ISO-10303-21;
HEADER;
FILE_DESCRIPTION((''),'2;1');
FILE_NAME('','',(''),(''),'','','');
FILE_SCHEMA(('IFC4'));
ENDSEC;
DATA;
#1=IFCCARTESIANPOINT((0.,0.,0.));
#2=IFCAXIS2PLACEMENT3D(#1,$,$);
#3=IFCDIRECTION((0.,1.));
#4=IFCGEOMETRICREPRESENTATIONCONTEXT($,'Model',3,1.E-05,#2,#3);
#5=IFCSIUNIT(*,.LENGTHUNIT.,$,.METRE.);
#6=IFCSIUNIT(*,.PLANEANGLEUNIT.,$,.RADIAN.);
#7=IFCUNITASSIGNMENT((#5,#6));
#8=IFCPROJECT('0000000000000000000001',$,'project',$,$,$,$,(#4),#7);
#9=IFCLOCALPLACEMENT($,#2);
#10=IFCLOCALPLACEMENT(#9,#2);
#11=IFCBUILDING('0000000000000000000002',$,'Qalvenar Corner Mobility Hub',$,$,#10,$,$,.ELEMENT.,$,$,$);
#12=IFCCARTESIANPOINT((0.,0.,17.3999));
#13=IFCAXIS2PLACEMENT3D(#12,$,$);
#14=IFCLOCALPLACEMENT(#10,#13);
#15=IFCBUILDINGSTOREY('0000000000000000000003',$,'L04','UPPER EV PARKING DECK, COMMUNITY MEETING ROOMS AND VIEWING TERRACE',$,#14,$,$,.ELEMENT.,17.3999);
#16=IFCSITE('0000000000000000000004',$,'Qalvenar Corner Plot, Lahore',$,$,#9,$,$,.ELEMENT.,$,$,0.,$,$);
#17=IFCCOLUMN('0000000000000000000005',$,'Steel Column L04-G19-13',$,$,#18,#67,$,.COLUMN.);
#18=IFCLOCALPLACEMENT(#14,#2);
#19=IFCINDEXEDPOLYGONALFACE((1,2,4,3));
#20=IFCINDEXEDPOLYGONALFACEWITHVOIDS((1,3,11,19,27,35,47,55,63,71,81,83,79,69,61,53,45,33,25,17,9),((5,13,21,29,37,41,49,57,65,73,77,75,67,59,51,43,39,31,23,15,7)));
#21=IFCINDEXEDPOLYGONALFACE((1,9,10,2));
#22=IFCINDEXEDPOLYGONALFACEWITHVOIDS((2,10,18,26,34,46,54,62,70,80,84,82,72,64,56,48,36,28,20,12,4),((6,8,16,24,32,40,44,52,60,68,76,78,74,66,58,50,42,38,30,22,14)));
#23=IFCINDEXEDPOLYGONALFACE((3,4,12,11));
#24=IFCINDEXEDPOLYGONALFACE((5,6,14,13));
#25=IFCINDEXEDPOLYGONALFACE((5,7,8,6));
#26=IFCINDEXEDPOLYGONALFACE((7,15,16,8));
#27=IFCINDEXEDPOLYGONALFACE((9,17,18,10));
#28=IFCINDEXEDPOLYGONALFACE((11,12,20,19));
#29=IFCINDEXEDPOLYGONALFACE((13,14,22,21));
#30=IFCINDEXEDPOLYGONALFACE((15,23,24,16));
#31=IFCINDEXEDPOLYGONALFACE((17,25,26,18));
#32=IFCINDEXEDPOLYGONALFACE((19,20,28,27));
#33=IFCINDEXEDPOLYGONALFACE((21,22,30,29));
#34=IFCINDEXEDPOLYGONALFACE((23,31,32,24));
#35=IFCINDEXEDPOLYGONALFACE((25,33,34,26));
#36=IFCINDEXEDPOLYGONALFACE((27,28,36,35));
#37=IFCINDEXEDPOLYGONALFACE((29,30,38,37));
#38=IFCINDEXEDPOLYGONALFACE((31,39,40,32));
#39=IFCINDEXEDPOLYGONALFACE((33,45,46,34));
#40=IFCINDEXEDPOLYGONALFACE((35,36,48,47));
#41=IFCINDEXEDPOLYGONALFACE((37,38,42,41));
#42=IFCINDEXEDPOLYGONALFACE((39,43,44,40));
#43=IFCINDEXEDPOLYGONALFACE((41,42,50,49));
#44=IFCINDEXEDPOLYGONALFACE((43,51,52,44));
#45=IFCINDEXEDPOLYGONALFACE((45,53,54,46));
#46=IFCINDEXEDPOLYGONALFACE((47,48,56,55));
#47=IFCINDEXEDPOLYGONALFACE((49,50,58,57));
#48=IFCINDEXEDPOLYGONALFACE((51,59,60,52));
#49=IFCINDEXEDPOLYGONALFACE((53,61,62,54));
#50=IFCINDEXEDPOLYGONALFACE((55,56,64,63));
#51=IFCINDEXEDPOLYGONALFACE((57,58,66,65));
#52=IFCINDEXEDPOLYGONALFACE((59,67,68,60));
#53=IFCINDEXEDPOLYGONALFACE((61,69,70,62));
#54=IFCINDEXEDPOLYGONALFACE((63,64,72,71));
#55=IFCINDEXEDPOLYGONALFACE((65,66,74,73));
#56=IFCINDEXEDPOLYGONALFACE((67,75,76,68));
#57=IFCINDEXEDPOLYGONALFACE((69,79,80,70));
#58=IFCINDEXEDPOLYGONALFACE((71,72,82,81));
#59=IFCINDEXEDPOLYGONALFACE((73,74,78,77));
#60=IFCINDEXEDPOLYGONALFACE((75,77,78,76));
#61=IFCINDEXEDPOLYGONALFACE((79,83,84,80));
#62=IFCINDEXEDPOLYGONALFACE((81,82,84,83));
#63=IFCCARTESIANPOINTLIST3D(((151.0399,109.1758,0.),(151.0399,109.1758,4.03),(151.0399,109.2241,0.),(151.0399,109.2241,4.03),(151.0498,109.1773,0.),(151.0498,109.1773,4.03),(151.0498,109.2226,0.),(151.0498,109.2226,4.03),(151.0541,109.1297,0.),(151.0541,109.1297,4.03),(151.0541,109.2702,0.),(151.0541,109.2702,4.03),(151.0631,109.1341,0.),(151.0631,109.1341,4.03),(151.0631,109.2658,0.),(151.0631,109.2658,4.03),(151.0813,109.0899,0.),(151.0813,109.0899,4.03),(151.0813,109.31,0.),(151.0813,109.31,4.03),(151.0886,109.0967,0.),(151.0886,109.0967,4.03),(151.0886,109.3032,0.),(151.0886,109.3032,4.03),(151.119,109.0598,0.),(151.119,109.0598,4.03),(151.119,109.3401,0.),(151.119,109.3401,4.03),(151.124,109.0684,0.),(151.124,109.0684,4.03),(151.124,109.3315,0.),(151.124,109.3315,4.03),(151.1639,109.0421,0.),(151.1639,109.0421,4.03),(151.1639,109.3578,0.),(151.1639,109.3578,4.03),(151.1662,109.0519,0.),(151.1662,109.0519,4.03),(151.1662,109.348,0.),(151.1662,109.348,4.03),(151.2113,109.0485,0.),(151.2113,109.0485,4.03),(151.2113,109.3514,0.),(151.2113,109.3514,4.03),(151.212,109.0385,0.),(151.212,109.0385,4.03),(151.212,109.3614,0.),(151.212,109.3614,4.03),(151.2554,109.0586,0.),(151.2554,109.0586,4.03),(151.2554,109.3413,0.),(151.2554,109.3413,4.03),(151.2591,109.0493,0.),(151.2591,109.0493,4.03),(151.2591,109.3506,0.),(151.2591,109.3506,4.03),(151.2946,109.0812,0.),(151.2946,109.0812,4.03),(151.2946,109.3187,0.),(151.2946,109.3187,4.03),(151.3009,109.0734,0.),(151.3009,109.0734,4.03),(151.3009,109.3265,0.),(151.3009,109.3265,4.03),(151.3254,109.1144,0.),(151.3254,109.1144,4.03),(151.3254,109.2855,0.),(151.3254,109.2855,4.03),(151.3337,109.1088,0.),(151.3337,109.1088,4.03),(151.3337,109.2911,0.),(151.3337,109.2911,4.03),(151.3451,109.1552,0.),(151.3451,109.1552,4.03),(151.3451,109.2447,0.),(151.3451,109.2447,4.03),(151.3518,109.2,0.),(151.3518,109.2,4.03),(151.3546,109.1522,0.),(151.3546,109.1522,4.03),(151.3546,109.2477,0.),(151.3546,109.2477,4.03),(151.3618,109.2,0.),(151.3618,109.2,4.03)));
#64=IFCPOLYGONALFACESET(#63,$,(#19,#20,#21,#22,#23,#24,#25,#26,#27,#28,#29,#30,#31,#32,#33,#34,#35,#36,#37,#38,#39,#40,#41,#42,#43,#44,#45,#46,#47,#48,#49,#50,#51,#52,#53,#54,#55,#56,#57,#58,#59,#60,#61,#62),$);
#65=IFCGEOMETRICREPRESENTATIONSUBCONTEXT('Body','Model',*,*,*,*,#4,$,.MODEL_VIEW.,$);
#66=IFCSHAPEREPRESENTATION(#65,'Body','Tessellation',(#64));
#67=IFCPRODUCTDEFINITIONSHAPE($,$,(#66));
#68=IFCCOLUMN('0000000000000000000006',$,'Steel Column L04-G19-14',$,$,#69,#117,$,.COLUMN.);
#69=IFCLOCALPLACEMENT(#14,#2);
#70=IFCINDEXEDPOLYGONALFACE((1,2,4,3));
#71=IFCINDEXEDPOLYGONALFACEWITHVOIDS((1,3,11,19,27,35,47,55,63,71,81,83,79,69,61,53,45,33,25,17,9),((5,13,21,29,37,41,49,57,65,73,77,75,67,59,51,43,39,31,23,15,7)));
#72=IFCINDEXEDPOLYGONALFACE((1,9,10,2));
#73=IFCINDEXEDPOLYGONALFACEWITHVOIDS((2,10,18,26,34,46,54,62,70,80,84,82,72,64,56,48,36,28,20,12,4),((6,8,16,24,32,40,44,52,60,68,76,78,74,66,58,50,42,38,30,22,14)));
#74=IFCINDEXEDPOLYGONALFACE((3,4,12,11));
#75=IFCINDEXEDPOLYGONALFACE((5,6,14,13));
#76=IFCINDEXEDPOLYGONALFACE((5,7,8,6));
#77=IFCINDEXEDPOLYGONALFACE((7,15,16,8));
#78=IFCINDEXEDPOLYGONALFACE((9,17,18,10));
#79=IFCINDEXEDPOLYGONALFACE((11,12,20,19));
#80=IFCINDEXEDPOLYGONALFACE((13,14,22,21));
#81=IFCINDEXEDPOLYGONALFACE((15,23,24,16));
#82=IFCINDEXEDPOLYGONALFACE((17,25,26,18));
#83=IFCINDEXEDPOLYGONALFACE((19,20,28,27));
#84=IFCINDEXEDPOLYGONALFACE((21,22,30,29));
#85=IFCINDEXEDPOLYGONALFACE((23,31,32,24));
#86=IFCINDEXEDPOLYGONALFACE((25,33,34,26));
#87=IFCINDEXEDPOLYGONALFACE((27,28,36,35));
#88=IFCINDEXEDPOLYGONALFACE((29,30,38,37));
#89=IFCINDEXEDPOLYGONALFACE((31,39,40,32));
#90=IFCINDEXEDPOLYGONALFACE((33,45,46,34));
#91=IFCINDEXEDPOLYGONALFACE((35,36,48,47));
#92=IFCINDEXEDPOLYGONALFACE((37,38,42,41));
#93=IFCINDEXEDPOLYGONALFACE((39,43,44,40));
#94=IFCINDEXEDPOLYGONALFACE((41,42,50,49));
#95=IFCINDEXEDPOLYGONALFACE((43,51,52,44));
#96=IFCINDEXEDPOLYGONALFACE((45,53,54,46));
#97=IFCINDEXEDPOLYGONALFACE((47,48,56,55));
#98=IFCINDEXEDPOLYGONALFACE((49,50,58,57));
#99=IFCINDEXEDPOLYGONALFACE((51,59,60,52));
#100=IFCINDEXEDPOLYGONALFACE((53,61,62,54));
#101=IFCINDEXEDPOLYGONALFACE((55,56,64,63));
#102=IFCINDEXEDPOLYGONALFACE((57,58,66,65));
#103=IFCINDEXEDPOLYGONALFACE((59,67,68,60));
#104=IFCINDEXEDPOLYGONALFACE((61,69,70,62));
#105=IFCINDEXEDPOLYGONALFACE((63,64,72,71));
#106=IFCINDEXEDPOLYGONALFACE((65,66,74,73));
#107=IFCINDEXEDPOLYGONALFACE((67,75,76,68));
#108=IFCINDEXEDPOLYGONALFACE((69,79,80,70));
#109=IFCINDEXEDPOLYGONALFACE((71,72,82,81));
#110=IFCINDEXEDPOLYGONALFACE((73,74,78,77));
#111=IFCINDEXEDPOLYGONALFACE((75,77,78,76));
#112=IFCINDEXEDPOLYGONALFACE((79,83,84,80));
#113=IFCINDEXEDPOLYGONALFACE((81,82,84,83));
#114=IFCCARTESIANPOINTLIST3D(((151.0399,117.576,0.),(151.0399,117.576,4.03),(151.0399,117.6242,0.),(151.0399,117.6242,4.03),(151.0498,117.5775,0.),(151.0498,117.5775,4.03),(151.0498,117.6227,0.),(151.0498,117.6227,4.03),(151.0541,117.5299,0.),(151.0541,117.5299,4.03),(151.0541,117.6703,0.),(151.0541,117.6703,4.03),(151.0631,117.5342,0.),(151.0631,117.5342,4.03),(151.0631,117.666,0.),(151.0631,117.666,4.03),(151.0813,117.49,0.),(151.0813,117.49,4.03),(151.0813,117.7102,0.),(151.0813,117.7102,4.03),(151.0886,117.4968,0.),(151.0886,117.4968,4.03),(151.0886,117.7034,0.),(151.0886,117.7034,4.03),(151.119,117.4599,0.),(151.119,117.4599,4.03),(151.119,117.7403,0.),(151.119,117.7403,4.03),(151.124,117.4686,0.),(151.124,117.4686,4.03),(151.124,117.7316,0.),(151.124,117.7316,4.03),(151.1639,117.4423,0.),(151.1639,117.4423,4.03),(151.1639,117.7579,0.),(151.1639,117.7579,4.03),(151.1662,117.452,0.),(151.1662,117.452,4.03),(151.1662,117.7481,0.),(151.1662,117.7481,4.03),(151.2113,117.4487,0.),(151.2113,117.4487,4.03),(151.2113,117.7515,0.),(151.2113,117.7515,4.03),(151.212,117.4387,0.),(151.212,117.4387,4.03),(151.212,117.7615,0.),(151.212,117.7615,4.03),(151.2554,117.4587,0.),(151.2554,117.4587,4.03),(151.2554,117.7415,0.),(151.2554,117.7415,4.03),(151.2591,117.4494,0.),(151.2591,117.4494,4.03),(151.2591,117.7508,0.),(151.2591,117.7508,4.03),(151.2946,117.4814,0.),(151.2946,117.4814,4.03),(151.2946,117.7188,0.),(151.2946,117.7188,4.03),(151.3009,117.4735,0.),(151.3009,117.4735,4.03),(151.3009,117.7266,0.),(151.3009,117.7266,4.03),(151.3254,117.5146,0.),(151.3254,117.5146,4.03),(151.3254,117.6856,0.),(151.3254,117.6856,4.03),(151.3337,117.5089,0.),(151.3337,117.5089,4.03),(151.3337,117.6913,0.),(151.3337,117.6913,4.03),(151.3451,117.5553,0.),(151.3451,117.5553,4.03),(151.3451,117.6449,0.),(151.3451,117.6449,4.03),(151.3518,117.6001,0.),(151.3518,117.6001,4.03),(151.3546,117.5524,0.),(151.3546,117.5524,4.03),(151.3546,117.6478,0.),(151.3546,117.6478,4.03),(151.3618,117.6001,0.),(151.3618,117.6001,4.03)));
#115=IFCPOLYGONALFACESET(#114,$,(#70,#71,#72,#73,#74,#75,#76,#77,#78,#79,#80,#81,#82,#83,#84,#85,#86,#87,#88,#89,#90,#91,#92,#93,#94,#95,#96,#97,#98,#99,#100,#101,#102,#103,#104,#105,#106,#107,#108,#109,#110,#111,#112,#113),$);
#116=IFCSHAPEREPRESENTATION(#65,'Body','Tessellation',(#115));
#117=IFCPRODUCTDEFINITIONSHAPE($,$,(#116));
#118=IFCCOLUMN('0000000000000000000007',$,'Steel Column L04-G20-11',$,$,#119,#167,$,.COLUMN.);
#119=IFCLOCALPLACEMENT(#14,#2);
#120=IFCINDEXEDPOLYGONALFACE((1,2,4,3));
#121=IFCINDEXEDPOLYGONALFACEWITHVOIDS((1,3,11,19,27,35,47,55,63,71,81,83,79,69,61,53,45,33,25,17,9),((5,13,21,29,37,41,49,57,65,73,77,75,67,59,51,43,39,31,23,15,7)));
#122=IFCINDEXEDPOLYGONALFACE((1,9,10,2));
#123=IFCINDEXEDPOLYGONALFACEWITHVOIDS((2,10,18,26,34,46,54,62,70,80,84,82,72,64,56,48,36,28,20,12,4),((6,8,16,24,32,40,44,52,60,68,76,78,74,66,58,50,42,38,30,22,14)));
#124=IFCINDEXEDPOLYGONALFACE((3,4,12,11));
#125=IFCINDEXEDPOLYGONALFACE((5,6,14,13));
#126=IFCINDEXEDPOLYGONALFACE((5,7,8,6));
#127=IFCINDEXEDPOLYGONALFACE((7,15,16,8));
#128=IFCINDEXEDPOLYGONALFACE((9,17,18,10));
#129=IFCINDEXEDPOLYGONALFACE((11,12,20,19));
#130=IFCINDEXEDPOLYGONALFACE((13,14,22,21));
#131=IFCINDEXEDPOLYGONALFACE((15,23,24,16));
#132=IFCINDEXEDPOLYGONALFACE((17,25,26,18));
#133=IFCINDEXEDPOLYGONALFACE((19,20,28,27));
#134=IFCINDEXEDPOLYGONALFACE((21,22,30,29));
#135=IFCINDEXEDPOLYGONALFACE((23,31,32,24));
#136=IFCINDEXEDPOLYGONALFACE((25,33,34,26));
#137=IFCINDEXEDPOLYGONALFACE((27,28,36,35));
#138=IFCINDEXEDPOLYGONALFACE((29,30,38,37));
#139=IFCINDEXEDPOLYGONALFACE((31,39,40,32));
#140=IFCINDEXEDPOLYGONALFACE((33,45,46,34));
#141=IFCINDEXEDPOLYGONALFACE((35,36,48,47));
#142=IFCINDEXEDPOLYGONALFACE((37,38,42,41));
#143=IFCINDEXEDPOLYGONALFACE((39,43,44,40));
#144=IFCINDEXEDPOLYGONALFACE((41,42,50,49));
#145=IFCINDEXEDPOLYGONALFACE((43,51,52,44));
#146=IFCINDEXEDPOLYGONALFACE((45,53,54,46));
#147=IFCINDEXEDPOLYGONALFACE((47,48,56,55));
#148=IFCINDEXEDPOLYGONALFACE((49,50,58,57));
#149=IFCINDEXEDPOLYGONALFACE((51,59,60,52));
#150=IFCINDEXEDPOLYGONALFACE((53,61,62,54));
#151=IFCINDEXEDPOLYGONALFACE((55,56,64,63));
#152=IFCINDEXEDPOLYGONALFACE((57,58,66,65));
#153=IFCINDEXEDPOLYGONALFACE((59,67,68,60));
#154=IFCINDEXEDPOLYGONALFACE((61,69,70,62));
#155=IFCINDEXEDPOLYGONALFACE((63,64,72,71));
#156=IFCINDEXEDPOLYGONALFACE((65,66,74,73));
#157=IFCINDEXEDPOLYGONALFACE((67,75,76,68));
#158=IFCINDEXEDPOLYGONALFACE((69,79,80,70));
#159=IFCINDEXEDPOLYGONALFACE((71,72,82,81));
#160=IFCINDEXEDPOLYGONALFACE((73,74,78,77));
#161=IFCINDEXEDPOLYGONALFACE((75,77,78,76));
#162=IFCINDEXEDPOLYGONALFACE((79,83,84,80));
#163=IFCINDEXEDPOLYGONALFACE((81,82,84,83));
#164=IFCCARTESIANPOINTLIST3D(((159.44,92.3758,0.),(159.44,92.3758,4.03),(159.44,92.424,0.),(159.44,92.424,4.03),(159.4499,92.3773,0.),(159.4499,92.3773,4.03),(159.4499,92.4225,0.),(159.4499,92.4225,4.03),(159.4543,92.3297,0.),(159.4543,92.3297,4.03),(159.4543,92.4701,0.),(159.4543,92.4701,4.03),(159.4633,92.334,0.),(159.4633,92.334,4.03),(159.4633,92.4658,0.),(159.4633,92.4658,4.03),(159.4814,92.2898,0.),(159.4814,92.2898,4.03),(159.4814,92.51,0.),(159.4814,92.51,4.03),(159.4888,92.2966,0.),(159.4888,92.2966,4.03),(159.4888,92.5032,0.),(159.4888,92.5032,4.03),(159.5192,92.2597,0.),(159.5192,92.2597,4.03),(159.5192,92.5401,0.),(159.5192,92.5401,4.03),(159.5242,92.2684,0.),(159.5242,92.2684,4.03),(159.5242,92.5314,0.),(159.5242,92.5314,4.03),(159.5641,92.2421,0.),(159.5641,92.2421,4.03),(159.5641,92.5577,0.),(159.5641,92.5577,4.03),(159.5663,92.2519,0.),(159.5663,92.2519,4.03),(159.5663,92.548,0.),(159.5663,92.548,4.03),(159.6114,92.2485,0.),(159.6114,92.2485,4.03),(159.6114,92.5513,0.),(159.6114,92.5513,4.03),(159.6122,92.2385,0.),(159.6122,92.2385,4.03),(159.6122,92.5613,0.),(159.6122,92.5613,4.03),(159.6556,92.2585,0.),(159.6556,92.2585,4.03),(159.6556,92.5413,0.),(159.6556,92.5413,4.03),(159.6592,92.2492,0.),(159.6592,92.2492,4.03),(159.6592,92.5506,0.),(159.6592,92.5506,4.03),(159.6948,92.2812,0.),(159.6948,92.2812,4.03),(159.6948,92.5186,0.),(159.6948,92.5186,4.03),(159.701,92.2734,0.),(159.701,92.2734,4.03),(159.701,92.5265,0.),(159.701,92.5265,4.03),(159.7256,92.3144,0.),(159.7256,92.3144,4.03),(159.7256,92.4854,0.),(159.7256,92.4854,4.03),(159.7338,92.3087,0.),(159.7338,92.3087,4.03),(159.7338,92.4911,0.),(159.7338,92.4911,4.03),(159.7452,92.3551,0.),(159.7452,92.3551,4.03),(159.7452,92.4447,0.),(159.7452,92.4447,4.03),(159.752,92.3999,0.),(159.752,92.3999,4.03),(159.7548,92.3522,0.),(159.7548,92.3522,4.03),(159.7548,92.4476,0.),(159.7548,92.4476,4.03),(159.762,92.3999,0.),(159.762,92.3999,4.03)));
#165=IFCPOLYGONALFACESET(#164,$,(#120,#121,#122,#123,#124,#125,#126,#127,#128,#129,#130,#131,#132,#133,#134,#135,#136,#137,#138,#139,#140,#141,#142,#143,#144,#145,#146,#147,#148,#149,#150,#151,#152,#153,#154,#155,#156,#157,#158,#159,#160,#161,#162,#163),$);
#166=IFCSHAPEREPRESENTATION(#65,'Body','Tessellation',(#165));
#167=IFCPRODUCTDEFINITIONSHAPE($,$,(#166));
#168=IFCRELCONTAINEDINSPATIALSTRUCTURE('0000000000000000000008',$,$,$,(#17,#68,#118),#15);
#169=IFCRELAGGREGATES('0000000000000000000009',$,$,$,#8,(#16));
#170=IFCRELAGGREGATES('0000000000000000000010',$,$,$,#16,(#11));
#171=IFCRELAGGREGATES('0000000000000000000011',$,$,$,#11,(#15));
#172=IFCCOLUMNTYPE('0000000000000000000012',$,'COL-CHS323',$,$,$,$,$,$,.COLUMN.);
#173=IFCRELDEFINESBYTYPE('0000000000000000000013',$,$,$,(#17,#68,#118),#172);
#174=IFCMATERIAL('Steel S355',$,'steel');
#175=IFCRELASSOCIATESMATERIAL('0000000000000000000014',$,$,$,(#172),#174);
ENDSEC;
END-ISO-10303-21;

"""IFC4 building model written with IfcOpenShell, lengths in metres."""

from ifc_helpers import new_model, si_unit, direction, frame, origin, origin_2d, place, context, subcontext, project, spatial, hollow_circle, extrude, material, material_profile, profile_set, type_object, element, save


model = new_model("IFC4")

# Units and contexts
model_context = context("Model", 3, precision=1e-05, world=origin(), true_north=direction((0.0, 1.0)))
body_context = subcontext(model_context, "Body", "Model", "MODEL_VIEW")
ifc_project = project(units=[si_unit("LENGTHUNIT", "METRE"), si_unit("PLANEANGLEUNIT", "RADIAN")], contexts=[model_context])

# Site, building, storey
site_placement = place(None, origin())
site = spatial("IfcSite", under=ifc_project, at=site_placement, Name="Qalvenar Corner Plot, Lahore", CompositionType="ELEMENT", RefElevation=0.0)
building_placement = place(site_placement, origin())
building = spatial("IfcBuilding", under=site, at=building_placement, Name="Qalvenar Corner Mobility Hub", CompositionType="ELEMENT")
storey_placement = place(building_placement, frame((0.0, 0.0, 17.3999)))
storey = spatial("IfcBuildingStorey", under=building, at=storey_placement, Name="L04", Description="UPPER EV PARKING DECK, COMMUNITY MEETING ROOMS AND VIEWING TERRACE", CompositionType="ELEMENT", Elevation=17.3999)

# Columns
ifc_material_1 = material(Name="Steel S355", Category="steel")
ifc_material_profile_1 = material_profile(ifc_material_1, hollow_circle(Radius=0.1619, WallThickness=0.01, at=origin_2d()), Name="CHS323.9x10")
ifc_profile_set_1 = profile_set([ifc_material_profile_1], Name="Steel S355")
column_type = type_object("IfcColumnType", Name="COL-CHS323", PredefinedType="COLUMN", material=ifc_profile_set_1)
for number, where, z_axis, x_axis, name in (
    (1, (151.2, 109.2, 0.0), (0.0, 0.0, 1.0), (1.0, 0.0, 0.0), "Steel Column L04-G19-13"),
    (2, (151.2, 117.6001, 0.0), (0.0, 0.0, 1.0), (1.0, 0.0, 0.0), "Steel Column L04-G19-14"),
    (3, (159.6001, 92.3999, 0.0), (0.0, 0.0, 1.0), (1.0, 0.0, 0.0), "Steel Column L04-G20-11"),
):
    element("IfcColumn", number, at=place(storey_placement, frame(where, z_axis=z_axis, x_axis=x_axis)), inside=storey, type_object=column_type, Name=name, PredefinedType="COLUMN", context=body_context, shape_type="SweptSolid", body=[
        extrude(hollow_circle(Radius=0.1619, WallThickness=0.01, at=origin_2d()), origin(), (0.0, 0.0, 1.0), 4.03),
    ])

save(model, "model.ifc")
